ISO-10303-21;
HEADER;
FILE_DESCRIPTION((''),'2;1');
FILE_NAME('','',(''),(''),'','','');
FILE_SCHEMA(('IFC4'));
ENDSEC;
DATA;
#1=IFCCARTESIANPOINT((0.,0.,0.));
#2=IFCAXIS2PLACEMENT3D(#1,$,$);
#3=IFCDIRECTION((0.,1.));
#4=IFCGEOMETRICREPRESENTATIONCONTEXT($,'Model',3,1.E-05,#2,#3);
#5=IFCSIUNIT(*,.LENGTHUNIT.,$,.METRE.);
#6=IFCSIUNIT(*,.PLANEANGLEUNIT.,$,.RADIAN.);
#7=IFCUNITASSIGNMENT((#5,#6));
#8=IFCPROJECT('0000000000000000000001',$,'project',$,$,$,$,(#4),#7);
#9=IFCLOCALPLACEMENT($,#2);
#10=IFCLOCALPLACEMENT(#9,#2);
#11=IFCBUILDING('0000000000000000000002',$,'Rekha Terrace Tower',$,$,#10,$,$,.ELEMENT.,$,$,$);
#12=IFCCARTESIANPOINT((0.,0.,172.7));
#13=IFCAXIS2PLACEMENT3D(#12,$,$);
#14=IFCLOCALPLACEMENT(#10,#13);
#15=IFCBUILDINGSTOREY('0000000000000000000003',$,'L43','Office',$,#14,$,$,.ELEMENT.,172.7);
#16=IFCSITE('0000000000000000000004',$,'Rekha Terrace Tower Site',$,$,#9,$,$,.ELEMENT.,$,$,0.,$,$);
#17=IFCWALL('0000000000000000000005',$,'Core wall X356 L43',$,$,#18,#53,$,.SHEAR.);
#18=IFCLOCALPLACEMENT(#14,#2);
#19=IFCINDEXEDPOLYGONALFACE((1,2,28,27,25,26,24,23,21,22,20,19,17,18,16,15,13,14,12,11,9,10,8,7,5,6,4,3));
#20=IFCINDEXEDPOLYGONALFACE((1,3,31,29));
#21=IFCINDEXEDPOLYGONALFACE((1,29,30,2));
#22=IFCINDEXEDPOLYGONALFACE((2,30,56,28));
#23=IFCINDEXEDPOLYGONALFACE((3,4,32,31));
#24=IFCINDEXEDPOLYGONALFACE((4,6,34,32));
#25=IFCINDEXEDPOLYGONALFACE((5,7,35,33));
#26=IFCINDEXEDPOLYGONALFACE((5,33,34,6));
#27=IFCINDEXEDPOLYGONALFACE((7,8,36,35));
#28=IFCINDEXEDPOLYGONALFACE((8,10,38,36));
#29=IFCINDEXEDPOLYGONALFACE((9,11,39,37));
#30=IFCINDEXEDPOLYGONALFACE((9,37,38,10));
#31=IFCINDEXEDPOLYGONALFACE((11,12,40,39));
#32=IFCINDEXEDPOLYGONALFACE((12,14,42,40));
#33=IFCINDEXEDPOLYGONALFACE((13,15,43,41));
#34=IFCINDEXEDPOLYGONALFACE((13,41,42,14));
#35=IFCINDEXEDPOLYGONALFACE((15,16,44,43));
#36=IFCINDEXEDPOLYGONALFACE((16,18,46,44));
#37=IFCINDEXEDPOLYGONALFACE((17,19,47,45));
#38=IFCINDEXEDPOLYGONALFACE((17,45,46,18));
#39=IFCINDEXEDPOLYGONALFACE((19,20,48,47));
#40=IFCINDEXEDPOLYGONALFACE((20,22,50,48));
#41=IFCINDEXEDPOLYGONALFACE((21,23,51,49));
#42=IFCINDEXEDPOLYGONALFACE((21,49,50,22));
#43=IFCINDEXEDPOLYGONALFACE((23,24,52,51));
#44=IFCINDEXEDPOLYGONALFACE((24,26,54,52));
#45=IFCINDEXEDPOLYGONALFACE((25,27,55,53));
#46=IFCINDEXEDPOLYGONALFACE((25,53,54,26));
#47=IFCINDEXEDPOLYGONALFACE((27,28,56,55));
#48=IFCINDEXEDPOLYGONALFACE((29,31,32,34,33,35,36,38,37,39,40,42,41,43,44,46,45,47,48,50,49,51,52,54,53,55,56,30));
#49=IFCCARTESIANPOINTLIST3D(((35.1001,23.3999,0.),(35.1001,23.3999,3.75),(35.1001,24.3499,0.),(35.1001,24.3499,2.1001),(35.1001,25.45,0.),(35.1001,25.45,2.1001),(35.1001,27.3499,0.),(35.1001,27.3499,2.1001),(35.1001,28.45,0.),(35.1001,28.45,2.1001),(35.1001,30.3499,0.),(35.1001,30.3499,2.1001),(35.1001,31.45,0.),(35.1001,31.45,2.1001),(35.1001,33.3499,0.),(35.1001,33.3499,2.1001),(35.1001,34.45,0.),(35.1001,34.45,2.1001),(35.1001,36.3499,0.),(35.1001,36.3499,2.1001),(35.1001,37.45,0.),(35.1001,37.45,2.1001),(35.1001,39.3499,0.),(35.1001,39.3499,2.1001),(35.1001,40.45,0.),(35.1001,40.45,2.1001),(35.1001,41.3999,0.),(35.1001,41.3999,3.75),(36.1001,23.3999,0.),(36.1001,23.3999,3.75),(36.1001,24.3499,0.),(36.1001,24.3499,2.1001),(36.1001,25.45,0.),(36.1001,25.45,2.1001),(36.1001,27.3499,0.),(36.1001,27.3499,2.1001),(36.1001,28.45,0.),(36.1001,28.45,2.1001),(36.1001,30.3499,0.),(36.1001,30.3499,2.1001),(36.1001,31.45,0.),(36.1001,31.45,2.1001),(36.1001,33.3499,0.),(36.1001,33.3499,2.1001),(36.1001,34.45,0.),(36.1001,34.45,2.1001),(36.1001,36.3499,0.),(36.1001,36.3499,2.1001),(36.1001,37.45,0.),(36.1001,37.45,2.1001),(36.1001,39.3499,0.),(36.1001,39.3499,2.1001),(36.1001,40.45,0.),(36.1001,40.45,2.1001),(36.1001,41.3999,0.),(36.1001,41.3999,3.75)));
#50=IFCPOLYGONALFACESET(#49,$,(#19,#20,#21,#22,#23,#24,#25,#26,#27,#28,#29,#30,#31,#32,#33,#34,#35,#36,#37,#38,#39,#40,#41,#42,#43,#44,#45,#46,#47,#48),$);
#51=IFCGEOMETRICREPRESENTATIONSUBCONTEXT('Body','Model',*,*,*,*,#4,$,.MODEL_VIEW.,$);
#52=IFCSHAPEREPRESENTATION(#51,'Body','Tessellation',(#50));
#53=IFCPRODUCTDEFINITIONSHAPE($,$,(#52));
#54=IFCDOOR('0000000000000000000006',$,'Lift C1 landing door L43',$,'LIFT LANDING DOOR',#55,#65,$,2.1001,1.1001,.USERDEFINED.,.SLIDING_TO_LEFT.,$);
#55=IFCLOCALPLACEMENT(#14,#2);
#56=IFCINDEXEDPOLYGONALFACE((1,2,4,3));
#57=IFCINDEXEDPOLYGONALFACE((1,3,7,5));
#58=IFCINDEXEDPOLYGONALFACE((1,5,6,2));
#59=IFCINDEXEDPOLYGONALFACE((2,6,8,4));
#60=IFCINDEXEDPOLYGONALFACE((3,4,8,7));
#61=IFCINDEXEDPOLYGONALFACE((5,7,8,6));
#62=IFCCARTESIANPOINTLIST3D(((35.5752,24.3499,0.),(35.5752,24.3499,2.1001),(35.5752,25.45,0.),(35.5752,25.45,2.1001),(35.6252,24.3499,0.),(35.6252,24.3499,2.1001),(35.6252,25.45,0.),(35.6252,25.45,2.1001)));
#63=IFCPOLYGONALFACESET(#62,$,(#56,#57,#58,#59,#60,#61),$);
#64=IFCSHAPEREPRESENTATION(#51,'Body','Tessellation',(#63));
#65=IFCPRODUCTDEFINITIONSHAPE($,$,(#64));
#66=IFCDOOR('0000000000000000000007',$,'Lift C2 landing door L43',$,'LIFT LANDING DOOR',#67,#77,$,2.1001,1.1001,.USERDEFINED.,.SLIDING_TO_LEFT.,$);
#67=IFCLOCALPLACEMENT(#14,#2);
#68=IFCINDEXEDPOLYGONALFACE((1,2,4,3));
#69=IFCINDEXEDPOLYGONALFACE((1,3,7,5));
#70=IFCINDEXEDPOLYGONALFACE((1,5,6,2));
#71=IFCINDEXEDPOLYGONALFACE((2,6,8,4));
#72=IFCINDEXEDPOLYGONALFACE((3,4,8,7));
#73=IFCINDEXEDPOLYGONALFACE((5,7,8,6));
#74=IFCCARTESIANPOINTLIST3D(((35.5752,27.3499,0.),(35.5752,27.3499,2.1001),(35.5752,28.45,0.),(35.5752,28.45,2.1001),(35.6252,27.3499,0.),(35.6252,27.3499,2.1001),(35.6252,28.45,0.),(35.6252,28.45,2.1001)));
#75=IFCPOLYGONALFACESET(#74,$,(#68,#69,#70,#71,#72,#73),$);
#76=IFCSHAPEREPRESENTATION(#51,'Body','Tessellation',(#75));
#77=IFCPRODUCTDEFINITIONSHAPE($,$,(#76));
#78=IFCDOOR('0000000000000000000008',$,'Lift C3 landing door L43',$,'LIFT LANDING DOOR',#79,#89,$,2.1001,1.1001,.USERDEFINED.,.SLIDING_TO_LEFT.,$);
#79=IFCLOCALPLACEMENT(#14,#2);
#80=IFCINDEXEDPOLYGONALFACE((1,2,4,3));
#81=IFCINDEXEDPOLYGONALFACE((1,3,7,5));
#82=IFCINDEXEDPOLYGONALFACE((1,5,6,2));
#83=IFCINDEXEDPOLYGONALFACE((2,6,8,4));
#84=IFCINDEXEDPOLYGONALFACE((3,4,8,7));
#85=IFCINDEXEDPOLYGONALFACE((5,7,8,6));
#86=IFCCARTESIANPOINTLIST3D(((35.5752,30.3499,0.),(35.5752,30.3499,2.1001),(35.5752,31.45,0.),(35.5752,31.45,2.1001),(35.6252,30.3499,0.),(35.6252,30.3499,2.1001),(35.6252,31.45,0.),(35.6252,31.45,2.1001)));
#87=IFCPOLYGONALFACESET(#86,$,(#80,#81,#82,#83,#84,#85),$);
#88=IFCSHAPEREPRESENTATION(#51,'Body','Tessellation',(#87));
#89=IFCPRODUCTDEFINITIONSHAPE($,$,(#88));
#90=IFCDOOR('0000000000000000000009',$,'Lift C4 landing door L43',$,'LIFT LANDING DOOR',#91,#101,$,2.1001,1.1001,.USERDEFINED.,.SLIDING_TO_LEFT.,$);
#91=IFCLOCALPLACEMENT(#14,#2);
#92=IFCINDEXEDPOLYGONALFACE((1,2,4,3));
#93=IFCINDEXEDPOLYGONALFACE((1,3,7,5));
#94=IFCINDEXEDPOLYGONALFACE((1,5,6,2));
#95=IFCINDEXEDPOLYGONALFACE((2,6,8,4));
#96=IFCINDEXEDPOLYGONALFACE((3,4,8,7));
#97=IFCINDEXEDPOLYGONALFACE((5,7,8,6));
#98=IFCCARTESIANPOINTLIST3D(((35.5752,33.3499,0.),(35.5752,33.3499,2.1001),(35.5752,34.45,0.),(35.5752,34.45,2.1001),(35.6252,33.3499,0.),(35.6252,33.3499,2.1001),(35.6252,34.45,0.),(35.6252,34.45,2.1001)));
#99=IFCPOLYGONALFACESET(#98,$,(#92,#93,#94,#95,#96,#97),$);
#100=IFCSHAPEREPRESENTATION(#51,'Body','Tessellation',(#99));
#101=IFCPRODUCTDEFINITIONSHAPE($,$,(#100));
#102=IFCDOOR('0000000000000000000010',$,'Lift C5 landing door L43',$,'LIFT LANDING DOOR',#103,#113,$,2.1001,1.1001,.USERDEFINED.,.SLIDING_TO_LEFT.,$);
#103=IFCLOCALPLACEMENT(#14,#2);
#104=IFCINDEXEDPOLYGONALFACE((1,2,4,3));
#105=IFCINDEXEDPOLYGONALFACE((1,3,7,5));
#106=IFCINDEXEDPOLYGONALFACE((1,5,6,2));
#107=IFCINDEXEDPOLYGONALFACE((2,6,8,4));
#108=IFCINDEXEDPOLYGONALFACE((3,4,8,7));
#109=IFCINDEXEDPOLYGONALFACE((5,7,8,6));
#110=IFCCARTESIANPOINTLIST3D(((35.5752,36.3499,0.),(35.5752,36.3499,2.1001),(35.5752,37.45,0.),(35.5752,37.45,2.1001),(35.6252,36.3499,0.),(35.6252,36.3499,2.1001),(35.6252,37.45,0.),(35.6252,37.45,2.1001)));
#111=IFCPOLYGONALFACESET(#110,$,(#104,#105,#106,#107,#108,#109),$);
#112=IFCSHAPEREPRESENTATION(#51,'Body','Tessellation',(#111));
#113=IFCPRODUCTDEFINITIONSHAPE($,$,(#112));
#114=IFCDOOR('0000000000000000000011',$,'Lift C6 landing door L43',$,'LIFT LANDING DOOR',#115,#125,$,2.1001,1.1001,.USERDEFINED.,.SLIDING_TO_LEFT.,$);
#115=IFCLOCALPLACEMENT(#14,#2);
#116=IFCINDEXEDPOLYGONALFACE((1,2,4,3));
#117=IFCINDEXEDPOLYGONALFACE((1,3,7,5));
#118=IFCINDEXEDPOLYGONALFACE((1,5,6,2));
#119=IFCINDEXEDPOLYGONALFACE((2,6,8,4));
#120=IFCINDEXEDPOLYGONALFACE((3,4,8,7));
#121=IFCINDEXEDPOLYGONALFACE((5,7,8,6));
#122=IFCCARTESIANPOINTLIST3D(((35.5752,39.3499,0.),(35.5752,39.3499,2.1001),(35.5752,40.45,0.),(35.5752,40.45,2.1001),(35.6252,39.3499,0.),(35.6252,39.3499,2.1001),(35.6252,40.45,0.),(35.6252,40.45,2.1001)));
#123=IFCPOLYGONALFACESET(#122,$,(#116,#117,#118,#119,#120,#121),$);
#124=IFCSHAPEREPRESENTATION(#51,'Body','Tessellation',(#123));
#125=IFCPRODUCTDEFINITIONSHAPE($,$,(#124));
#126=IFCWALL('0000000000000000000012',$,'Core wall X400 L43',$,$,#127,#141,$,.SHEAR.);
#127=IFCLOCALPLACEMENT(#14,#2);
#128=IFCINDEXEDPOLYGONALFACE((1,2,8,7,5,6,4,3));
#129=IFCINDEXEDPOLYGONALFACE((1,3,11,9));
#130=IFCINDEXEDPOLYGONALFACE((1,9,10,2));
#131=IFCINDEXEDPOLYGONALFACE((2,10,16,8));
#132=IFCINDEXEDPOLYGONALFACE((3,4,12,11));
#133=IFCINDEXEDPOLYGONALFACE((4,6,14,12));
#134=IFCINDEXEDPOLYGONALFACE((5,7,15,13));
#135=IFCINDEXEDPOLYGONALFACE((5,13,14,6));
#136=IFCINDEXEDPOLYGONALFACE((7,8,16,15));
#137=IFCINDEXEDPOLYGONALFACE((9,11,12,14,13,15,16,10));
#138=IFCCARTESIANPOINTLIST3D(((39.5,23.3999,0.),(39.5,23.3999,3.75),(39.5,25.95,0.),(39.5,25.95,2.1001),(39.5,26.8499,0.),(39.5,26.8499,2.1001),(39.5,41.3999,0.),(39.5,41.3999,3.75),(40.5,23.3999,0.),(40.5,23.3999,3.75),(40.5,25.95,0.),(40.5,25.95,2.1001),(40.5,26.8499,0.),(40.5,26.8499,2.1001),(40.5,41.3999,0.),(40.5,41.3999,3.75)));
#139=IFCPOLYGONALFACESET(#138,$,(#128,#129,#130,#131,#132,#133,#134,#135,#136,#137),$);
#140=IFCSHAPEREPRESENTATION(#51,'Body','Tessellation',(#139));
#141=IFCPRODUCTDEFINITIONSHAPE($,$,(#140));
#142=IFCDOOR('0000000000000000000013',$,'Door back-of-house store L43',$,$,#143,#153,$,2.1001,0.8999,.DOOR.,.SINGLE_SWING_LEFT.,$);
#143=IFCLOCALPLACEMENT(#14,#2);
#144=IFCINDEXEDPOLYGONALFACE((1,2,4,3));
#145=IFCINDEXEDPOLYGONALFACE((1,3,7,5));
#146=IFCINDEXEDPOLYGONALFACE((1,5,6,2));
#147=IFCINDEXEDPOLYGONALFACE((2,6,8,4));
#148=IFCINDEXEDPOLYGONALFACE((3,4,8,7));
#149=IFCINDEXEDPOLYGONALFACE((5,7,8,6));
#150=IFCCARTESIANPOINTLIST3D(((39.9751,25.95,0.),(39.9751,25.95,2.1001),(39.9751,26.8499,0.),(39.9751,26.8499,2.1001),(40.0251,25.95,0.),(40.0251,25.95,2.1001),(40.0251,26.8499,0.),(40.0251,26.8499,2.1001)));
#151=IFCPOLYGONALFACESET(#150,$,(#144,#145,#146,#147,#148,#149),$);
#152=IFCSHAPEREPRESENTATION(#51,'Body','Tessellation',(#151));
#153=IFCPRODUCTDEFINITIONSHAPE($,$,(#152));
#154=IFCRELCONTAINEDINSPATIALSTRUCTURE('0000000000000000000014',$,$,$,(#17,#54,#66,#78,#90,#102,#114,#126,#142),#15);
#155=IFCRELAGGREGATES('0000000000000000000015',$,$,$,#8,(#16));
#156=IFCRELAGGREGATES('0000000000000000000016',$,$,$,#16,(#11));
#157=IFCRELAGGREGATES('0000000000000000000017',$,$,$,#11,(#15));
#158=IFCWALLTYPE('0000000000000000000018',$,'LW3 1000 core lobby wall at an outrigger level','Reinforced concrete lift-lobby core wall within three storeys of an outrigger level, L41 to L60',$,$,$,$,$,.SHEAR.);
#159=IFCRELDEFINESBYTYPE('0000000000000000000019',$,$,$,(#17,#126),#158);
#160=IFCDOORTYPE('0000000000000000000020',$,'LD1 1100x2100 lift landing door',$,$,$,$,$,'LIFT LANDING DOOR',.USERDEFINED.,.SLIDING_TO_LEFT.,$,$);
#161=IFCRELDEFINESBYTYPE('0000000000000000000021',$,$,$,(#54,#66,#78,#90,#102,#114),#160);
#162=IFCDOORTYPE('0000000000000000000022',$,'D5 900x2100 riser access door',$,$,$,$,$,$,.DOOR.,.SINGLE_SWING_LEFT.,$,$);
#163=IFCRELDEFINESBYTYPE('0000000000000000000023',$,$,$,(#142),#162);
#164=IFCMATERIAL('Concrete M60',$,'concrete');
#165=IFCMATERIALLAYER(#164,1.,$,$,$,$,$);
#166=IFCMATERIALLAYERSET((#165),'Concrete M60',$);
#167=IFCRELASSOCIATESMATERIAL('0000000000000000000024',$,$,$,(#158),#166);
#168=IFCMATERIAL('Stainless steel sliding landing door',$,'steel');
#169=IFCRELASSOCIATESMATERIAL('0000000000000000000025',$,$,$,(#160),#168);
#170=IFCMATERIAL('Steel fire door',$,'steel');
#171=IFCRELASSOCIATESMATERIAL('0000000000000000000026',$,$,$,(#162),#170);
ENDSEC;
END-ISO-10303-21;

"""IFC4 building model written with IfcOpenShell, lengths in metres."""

from ifc_helpers import new_model, si_unit, direction, frame, frame_2d, origin, place, context, subcontext, project, spatial, rectangle, extrude, material, layer, layer_set, type_object, element, fill, save


model = new_model("IFC4")

# Units and contexts
model_context = context("Model", 3, precision=1e-05, world=origin(), true_north=direction((0.0, 1.0)))
body_context = subcontext(model_context, "Body", "Model", "MODEL_VIEW")
ifc_project = project(units=[si_unit("LENGTHUNIT", "METRE"), si_unit("PLANEANGLEUNIT", "RADIAN")], contexts=[model_context])

# Site, building, storey
site_placement = place(None, origin())
site = spatial("IfcSite", under=ifc_project, at=site_placement, Name="Rekha Terrace Tower Site", CompositionType="ELEMENT", RefElevation=0.0)
building_placement = place(site_placement, origin())
building = spatial("IfcBuilding", under=site, at=building_placement, Name="Rekha Terrace Tower", CompositionType="ELEMENT")
storey_placement = place(building_placement, frame((0.0, 0.0, 172.7)))
storey = spatial("IfcBuildingStorey", under=building, at=storey_placement, Name="L43", Description="Office", CompositionType="ELEMENT", Elevation=172.7)

# Shared definitions
ifc_material_1 = material(Name="Concrete M60", Category="concrete")

# Wall, openings, doors
ifc_layer_1 = layer(ifc_material_1, 1.0)
ifc_layer_set_1 = layer_set([ifc_layer_1], Name="Concrete M60")
wall_type_1 = type_object("IfcWallType", Name="LW3 1000 core lobby wall at an outrigger level", Description="Reinforced concrete lift-lobby core wall within three storeys of an outrigger level, L41 to L60", PredefinedType="SHEAR", material=ifc_layer_set_1)
wall_1_placement = place(storey_placement, frame((35.6001, 23.3999, 0.0), z_axis=(0.0, 0.0, 1.0), x_axis=(0.0, 1.0, 0.0)))
wall_1 = element("IfcWall", 1, at=wall_1_placement, inside=storey, type_object=wall_type_1, Name="Core wall X356 L43", PredefinedType="SHEAR", context=body_context, shape_type="SweptSolid", body=[
    extrude(rectangle(XDim=18.0, YDim=1.0, at=frame_2d((9.0, 0.0))), origin(), (0.0, 0.0, 1.0), 3.75),
])
opening_1_placement = place(wall_1_placement, frame((0.95, 0.0, 0.0)))
opening_1 = element("IfcOpeningElement", 2, at=opening_1_placement, cuts=wall_1, PredefinedType="OPENING", context=body_context, shape_type="SweptSolid", body=[
    extrude(rectangle(XDim=1.1001, YDim=2.1001, at=frame_2d((0.55, 1.05))), frame((0.0, 0.51, 0.0), z_axis=(0.0, -1.0, 0.0), x_axis=(1.0, 0.0, 0.0)), (0.0, 0.0, 1.0), 1.02),
])
opening_2_placement = place(wall_1_placement, frame((3.95, 0.0, 0.0)))
opening_2 = element("IfcOpeningElement", 3, at=opening_2_placement, cuts=wall_1, PredefinedType="OPENING", context=body_context, shape_type="SweptSolid", body=[
    extrude(rectangle(XDim=1.1001, YDim=2.1001, at=frame_2d((0.55, 1.05))), frame((0.0, 0.51, 0.0), z_axis=(0.0, -1.0, 0.0), x_axis=(1.0, 0.0, 0.0)), (0.0, 0.0, 1.0), 1.02),
])
opening_3_placement = place(wall_1_placement, frame((6.95, 0.0, 0.0)))
opening_3 = element("IfcOpeningElement", 4, at=opening_3_placement, cuts=wall_1, PredefinedType="OPENING", context=body_context, shape_type="SweptSolid", body=[
    extrude(rectangle(XDim=1.1001, YDim=2.1001, at=frame_2d((0.55, 1.05))), frame((0.0, 0.51, 0.0), z_axis=(0.0, -1.0, 0.0), x_axis=(1.0, 0.0, 0.0)), (0.0, 0.0, 1.0), 1.02),
])
opening_4_placement = place(wall_1_placement, frame((9.95, 0.0, 0.0)))
opening_4 = element("IfcOpeningElement", 5, at=opening_4_placement, cuts=wall_1, PredefinedType="OPENING", context=body_context, shape_type="SweptSolid", body=[
    extrude(rectangle(XDim=1.1001, YDim=2.1001, at=frame_2d((0.55, 1.05))), frame((0.0, 0.51, 0.0), z_axis=(0.0, -1.0, 0.0), x_axis=(1.0, 0.0, 0.0)), (0.0, 0.0, 1.0), 1.02),
])
opening_5_placement = place(wall_1_placement, frame((12.95, 0.0, 0.0)))
opening_5 = element("IfcOpeningElement", 6, at=opening_5_placement, cuts=wall_1, PredefinedType="OPENING", context=body_context, shape_type="SweptSolid", body=[
    extrude(rectangle(XDim=1.1001, YDim=2.1001, at=frame_2d((0.55, 1.05))), frame((0.0, 0.51, 0.0), z_axis=(0.0, -1.0, 0.0), x_axis=(1.0, 0.0, 0.0)), (0.0, 0.0, 1.0), 1.02),
])
opening_6_placement = place(wall_1_placement, frame((15.95, 0.0, 0.0)))
opening_6 = element("IfcOpeningElement", 7, at=opening_6_placement, cuts=wall_1, PredefinedType="OPENING", context=body_context, shape_type="SweptSolid", body=[
    extrude(rectangle(XDim=1.1001, YDim=2.1001, at=frame_2d((0.55, 1.05))), frame((0.0, 0.51, 0.0), z_axis=(0.0, -1.0, 0.0), x_axis=(1.0, 0.0, 0.0)), (0.0, 0.0, 1.0), 1.02),
])
ifc_material_2 = material(Name="Stainless steel sliding landing door", Category="steel")
door_type_1 = type_object("IfcDoorType", Name="LD1 1100x2100 lift landing door", ElementType="LIFT LANDING DOOR", OperationType="SLIDING_TO_LEFT", PredefinedType="USERDEFINED", material=ifc_material_2)
door_1_placement = place(opening_1_placement, origin())
door_1 = element("IfcDoor", 8, at=door_1_placement, inside=storey, type_object=door_type_1, Name="Lift C1 landing door L43", ObjectType="LIFT LANDING DOOR", OperationType="SLIDING_TO_LEFT", OverallHeight=2.1001, OverallWidth=1.1001, PredefinedType="USERDEFINED", context=body_context, shape_type="SweptSolid", body=[
    extrude(rectangle(XDim=1.1001, YDim=2.1001, at=frame_2d((0.55, 1.05))), frame((0.0, 0.0249, 0.0), z_axis=(0.0, -1.0, 0.0), x_axis=(1.0, 0.0, 0.0)), (0.0, 0.0, 1.0), 0.05),
])
fill(opening_1, door_1)
door_2_placement = place(opening_2_placement, origin())
door_2 = element("IfcDoor", 9, at=door_2_placement, inside=storey, type_object=door_type_1, Name="Lift C2 landing door L43", ObjectType="LIFT LANDING DOOR", OperationType="SLIDING_TO_LEFT", OverallHeight=2.1001, OverallWidth=1.1001, PredefinedType="USERDEFINED", context=body_context, shape_type="SweptSolid", body=[
    extrude(rectangle(XDim=1.1001, YDim=2.1001, at=frame_2d((0.55, 1.05))), frame((0.0, 0.0249, 0.0), z_axis=(0.0, -1.0, 0.0), x_axis=(1.0, 0.0, 0.0)), (0.0, 0.0, 1.0), 0.05),
])
fill(opening_2, door_2)
door_3_placement = place(opening_3_placement, origin())
door_3 = element("IfcDoor", 10, at=door_3_placement, inside=storey, type_object=door_type_1, Name="Lift C3 landing door L43", ObjectType="LIFT LANDING DOOR", OperationType="SLIDING_TO_LEFT", OverallHeight=2.1001, OverallWidth=1.1001, PredefinedType="USERDEFINED", context=body_context, shape_type="SweptSolid", body=[
    extrude(rectangle(XDim=1.1001, YDim=2.1001, at=frame_2d((0.55, 1.05))), frame((0.0, 0.0249, 0.0), z_axis=(0.0, -1.0, 0.0), x_axis=(1.0, 0.0, 0.0)), (0.0, 0.0, 1.0), 0.05),
])
fill(opening_3, door_3)
door_4_placement = place(opening_4_placement, origin())
door_4 = element("IfcDoor", 11, at=door_4_placement, inside=storey, type_object=door_type_1, Name="Lift C4 landing door L43", ObjectType="LIFT LANDING DOOR", OperationType="SLIDING_TO_LEFT", OverallHeight=2.1001, OverallWidth=1.1001, PredefinedType="USERDEFINED", context=body_context, shape_type="SweptSolid", body=[
    extrude(rectangle(XDim=1.1001, YDim=2.1001, at=frame_2d((0.55, 1.05))), frame((0.0, 0.0249, 0.0), z_axis=(0.0, -1.0, 0.0), x_axis=(1.0, 0.0, 0.0)), (0.0, 0.0, 1.0), 0.05),
])
fill(opening_4, door_4)
door_5_placement = place(opening_5_placement, origin())
door_5 = element("IfcDoor", 12, at=door_5_placement, inside=storey, type_object=door_type_1, Name="Lift C5 landing door L43", ObjectType="LIFT LANDING DOOR", OperationType="SLIDING_TO_LEFT", OverallHeight=2.1001, OverallWidth=1.1001, PredefinedType="USERDEFINED", context=body_context, shape_type="SweptSolid", body=[
    extrude(rectangle(XDim=1.1001, YDim=2.1001, at=frame_2d((0.55, 1.05))), frame((0.0, 0.0249, 0.0), z_axis=(0.0, -1.0, 0.0), x_axis=(1.0, 0.0, 0.0)), (0.0, 0.0, 1.0), 0.05),
])
fill(opening_5, door_5)
door_6_placement = place(opening_6_placement, origin())
door_6 = element("IfcDoor", 13, at=door_6_placement, inside=storey, type_object=door_type_1, Name="Lift C6 landing door L43", ObjectType="LIFT LANDING DOOR", OperationType="SLIDING_TO_LEFT", OverallHeight=2.1001, OverallWidth=1.1001, PredefinedType="USERDEFINED", context=body_context, shape_type="SweptSolid", body=[
    extrude(rectangle(XDim=1.1001, YDim=2.1001, at=frame_2d((0.55, 1.05))), frame((0.0, 0.0249, 0.0), z_axis=(0.0, -1.0, 0.0), x_axis=(1.0, 0.0, 0.0)), (0.0, 0.0, 1.0), 0.05),
])
fill(opening_6, door_6)

# Wall, opening, door
wall_2_placement = place(storey_placement, frame((40.0, 23.3999, 0.0), z_axis=(0.0, 0.0, 1.0), x_axis=(0.0, 1.0, 0.0)))
wall_2 = element("IfcWall", 14, at=wall_2_placement, inside=storey, type_object=wall_type_1, Name="Core wall X400 L43", PredefinedType="SHEAR", context=body_context, shape_type="SweptSolid", body=[
    extrude(rectangle(XDim=18.0, YDim=1.0, at=frame_2d((9.0, 0.0))), origin(), (0.0, 0.0, 1.0), 3.75),
])
opening_7_placement = place(wall_2_placement, frame((2.55, 0.0, 0.0)))
opening_7 = element("IfcOpeningElement", 15, at=opening_7_placement, cuts=wall_2, PredefinedType="OPENING", context=body_context, shape_type="SweptSolid", body=[
    extrude(rectangle(XDim=0.8999, YDim=2.1001, at=frame_2d((0.45, 1.05))), frame((0.0, 0.51, 0.0), z_axis=(0.0, -1.0, 0.0), x_axis=(1.0, 0.0, 0.0)), (0.0, 0.0, 1.0), 1.02),
])
ifc_material_3 = material(Name="Steel fire door", Category="steel")
door_type_2 = type_object("IfcDoorType", Name="D5 900x2100 riser access door", OperationType="SINGLE_SWING_LEFT", PredefinedType="DOOR", material=ifc_material_3)
door_7_placement = place(opening_7_placement, origin())
door_7 = element("IfcDoor", 16, at=door_7_placement, inside=storey, type_object=door_type_2, Name="Door back-of-house store L43", OperationType="SINGLE_SWING_LEFT", OverallHeight=2.1001, OverallWidth=0.8999, PredefinedType="DOOR", context=body_context, shape_type="SweptSolid", body=[
    extrude(rectangle(XDim=0.8999, YDim=2.1001, at=frame_2d((0.45, 1.05))), frame((0.0, 0.0249, 0.0), z_axis=(0.0, -1.0, 0.0), x_axis=(1.0, 0.0, 0.0)), (0.0, 0.0, 1.0), 0.05),
])
fill(opening_7, door_7)

save(model, "model.ifc")
